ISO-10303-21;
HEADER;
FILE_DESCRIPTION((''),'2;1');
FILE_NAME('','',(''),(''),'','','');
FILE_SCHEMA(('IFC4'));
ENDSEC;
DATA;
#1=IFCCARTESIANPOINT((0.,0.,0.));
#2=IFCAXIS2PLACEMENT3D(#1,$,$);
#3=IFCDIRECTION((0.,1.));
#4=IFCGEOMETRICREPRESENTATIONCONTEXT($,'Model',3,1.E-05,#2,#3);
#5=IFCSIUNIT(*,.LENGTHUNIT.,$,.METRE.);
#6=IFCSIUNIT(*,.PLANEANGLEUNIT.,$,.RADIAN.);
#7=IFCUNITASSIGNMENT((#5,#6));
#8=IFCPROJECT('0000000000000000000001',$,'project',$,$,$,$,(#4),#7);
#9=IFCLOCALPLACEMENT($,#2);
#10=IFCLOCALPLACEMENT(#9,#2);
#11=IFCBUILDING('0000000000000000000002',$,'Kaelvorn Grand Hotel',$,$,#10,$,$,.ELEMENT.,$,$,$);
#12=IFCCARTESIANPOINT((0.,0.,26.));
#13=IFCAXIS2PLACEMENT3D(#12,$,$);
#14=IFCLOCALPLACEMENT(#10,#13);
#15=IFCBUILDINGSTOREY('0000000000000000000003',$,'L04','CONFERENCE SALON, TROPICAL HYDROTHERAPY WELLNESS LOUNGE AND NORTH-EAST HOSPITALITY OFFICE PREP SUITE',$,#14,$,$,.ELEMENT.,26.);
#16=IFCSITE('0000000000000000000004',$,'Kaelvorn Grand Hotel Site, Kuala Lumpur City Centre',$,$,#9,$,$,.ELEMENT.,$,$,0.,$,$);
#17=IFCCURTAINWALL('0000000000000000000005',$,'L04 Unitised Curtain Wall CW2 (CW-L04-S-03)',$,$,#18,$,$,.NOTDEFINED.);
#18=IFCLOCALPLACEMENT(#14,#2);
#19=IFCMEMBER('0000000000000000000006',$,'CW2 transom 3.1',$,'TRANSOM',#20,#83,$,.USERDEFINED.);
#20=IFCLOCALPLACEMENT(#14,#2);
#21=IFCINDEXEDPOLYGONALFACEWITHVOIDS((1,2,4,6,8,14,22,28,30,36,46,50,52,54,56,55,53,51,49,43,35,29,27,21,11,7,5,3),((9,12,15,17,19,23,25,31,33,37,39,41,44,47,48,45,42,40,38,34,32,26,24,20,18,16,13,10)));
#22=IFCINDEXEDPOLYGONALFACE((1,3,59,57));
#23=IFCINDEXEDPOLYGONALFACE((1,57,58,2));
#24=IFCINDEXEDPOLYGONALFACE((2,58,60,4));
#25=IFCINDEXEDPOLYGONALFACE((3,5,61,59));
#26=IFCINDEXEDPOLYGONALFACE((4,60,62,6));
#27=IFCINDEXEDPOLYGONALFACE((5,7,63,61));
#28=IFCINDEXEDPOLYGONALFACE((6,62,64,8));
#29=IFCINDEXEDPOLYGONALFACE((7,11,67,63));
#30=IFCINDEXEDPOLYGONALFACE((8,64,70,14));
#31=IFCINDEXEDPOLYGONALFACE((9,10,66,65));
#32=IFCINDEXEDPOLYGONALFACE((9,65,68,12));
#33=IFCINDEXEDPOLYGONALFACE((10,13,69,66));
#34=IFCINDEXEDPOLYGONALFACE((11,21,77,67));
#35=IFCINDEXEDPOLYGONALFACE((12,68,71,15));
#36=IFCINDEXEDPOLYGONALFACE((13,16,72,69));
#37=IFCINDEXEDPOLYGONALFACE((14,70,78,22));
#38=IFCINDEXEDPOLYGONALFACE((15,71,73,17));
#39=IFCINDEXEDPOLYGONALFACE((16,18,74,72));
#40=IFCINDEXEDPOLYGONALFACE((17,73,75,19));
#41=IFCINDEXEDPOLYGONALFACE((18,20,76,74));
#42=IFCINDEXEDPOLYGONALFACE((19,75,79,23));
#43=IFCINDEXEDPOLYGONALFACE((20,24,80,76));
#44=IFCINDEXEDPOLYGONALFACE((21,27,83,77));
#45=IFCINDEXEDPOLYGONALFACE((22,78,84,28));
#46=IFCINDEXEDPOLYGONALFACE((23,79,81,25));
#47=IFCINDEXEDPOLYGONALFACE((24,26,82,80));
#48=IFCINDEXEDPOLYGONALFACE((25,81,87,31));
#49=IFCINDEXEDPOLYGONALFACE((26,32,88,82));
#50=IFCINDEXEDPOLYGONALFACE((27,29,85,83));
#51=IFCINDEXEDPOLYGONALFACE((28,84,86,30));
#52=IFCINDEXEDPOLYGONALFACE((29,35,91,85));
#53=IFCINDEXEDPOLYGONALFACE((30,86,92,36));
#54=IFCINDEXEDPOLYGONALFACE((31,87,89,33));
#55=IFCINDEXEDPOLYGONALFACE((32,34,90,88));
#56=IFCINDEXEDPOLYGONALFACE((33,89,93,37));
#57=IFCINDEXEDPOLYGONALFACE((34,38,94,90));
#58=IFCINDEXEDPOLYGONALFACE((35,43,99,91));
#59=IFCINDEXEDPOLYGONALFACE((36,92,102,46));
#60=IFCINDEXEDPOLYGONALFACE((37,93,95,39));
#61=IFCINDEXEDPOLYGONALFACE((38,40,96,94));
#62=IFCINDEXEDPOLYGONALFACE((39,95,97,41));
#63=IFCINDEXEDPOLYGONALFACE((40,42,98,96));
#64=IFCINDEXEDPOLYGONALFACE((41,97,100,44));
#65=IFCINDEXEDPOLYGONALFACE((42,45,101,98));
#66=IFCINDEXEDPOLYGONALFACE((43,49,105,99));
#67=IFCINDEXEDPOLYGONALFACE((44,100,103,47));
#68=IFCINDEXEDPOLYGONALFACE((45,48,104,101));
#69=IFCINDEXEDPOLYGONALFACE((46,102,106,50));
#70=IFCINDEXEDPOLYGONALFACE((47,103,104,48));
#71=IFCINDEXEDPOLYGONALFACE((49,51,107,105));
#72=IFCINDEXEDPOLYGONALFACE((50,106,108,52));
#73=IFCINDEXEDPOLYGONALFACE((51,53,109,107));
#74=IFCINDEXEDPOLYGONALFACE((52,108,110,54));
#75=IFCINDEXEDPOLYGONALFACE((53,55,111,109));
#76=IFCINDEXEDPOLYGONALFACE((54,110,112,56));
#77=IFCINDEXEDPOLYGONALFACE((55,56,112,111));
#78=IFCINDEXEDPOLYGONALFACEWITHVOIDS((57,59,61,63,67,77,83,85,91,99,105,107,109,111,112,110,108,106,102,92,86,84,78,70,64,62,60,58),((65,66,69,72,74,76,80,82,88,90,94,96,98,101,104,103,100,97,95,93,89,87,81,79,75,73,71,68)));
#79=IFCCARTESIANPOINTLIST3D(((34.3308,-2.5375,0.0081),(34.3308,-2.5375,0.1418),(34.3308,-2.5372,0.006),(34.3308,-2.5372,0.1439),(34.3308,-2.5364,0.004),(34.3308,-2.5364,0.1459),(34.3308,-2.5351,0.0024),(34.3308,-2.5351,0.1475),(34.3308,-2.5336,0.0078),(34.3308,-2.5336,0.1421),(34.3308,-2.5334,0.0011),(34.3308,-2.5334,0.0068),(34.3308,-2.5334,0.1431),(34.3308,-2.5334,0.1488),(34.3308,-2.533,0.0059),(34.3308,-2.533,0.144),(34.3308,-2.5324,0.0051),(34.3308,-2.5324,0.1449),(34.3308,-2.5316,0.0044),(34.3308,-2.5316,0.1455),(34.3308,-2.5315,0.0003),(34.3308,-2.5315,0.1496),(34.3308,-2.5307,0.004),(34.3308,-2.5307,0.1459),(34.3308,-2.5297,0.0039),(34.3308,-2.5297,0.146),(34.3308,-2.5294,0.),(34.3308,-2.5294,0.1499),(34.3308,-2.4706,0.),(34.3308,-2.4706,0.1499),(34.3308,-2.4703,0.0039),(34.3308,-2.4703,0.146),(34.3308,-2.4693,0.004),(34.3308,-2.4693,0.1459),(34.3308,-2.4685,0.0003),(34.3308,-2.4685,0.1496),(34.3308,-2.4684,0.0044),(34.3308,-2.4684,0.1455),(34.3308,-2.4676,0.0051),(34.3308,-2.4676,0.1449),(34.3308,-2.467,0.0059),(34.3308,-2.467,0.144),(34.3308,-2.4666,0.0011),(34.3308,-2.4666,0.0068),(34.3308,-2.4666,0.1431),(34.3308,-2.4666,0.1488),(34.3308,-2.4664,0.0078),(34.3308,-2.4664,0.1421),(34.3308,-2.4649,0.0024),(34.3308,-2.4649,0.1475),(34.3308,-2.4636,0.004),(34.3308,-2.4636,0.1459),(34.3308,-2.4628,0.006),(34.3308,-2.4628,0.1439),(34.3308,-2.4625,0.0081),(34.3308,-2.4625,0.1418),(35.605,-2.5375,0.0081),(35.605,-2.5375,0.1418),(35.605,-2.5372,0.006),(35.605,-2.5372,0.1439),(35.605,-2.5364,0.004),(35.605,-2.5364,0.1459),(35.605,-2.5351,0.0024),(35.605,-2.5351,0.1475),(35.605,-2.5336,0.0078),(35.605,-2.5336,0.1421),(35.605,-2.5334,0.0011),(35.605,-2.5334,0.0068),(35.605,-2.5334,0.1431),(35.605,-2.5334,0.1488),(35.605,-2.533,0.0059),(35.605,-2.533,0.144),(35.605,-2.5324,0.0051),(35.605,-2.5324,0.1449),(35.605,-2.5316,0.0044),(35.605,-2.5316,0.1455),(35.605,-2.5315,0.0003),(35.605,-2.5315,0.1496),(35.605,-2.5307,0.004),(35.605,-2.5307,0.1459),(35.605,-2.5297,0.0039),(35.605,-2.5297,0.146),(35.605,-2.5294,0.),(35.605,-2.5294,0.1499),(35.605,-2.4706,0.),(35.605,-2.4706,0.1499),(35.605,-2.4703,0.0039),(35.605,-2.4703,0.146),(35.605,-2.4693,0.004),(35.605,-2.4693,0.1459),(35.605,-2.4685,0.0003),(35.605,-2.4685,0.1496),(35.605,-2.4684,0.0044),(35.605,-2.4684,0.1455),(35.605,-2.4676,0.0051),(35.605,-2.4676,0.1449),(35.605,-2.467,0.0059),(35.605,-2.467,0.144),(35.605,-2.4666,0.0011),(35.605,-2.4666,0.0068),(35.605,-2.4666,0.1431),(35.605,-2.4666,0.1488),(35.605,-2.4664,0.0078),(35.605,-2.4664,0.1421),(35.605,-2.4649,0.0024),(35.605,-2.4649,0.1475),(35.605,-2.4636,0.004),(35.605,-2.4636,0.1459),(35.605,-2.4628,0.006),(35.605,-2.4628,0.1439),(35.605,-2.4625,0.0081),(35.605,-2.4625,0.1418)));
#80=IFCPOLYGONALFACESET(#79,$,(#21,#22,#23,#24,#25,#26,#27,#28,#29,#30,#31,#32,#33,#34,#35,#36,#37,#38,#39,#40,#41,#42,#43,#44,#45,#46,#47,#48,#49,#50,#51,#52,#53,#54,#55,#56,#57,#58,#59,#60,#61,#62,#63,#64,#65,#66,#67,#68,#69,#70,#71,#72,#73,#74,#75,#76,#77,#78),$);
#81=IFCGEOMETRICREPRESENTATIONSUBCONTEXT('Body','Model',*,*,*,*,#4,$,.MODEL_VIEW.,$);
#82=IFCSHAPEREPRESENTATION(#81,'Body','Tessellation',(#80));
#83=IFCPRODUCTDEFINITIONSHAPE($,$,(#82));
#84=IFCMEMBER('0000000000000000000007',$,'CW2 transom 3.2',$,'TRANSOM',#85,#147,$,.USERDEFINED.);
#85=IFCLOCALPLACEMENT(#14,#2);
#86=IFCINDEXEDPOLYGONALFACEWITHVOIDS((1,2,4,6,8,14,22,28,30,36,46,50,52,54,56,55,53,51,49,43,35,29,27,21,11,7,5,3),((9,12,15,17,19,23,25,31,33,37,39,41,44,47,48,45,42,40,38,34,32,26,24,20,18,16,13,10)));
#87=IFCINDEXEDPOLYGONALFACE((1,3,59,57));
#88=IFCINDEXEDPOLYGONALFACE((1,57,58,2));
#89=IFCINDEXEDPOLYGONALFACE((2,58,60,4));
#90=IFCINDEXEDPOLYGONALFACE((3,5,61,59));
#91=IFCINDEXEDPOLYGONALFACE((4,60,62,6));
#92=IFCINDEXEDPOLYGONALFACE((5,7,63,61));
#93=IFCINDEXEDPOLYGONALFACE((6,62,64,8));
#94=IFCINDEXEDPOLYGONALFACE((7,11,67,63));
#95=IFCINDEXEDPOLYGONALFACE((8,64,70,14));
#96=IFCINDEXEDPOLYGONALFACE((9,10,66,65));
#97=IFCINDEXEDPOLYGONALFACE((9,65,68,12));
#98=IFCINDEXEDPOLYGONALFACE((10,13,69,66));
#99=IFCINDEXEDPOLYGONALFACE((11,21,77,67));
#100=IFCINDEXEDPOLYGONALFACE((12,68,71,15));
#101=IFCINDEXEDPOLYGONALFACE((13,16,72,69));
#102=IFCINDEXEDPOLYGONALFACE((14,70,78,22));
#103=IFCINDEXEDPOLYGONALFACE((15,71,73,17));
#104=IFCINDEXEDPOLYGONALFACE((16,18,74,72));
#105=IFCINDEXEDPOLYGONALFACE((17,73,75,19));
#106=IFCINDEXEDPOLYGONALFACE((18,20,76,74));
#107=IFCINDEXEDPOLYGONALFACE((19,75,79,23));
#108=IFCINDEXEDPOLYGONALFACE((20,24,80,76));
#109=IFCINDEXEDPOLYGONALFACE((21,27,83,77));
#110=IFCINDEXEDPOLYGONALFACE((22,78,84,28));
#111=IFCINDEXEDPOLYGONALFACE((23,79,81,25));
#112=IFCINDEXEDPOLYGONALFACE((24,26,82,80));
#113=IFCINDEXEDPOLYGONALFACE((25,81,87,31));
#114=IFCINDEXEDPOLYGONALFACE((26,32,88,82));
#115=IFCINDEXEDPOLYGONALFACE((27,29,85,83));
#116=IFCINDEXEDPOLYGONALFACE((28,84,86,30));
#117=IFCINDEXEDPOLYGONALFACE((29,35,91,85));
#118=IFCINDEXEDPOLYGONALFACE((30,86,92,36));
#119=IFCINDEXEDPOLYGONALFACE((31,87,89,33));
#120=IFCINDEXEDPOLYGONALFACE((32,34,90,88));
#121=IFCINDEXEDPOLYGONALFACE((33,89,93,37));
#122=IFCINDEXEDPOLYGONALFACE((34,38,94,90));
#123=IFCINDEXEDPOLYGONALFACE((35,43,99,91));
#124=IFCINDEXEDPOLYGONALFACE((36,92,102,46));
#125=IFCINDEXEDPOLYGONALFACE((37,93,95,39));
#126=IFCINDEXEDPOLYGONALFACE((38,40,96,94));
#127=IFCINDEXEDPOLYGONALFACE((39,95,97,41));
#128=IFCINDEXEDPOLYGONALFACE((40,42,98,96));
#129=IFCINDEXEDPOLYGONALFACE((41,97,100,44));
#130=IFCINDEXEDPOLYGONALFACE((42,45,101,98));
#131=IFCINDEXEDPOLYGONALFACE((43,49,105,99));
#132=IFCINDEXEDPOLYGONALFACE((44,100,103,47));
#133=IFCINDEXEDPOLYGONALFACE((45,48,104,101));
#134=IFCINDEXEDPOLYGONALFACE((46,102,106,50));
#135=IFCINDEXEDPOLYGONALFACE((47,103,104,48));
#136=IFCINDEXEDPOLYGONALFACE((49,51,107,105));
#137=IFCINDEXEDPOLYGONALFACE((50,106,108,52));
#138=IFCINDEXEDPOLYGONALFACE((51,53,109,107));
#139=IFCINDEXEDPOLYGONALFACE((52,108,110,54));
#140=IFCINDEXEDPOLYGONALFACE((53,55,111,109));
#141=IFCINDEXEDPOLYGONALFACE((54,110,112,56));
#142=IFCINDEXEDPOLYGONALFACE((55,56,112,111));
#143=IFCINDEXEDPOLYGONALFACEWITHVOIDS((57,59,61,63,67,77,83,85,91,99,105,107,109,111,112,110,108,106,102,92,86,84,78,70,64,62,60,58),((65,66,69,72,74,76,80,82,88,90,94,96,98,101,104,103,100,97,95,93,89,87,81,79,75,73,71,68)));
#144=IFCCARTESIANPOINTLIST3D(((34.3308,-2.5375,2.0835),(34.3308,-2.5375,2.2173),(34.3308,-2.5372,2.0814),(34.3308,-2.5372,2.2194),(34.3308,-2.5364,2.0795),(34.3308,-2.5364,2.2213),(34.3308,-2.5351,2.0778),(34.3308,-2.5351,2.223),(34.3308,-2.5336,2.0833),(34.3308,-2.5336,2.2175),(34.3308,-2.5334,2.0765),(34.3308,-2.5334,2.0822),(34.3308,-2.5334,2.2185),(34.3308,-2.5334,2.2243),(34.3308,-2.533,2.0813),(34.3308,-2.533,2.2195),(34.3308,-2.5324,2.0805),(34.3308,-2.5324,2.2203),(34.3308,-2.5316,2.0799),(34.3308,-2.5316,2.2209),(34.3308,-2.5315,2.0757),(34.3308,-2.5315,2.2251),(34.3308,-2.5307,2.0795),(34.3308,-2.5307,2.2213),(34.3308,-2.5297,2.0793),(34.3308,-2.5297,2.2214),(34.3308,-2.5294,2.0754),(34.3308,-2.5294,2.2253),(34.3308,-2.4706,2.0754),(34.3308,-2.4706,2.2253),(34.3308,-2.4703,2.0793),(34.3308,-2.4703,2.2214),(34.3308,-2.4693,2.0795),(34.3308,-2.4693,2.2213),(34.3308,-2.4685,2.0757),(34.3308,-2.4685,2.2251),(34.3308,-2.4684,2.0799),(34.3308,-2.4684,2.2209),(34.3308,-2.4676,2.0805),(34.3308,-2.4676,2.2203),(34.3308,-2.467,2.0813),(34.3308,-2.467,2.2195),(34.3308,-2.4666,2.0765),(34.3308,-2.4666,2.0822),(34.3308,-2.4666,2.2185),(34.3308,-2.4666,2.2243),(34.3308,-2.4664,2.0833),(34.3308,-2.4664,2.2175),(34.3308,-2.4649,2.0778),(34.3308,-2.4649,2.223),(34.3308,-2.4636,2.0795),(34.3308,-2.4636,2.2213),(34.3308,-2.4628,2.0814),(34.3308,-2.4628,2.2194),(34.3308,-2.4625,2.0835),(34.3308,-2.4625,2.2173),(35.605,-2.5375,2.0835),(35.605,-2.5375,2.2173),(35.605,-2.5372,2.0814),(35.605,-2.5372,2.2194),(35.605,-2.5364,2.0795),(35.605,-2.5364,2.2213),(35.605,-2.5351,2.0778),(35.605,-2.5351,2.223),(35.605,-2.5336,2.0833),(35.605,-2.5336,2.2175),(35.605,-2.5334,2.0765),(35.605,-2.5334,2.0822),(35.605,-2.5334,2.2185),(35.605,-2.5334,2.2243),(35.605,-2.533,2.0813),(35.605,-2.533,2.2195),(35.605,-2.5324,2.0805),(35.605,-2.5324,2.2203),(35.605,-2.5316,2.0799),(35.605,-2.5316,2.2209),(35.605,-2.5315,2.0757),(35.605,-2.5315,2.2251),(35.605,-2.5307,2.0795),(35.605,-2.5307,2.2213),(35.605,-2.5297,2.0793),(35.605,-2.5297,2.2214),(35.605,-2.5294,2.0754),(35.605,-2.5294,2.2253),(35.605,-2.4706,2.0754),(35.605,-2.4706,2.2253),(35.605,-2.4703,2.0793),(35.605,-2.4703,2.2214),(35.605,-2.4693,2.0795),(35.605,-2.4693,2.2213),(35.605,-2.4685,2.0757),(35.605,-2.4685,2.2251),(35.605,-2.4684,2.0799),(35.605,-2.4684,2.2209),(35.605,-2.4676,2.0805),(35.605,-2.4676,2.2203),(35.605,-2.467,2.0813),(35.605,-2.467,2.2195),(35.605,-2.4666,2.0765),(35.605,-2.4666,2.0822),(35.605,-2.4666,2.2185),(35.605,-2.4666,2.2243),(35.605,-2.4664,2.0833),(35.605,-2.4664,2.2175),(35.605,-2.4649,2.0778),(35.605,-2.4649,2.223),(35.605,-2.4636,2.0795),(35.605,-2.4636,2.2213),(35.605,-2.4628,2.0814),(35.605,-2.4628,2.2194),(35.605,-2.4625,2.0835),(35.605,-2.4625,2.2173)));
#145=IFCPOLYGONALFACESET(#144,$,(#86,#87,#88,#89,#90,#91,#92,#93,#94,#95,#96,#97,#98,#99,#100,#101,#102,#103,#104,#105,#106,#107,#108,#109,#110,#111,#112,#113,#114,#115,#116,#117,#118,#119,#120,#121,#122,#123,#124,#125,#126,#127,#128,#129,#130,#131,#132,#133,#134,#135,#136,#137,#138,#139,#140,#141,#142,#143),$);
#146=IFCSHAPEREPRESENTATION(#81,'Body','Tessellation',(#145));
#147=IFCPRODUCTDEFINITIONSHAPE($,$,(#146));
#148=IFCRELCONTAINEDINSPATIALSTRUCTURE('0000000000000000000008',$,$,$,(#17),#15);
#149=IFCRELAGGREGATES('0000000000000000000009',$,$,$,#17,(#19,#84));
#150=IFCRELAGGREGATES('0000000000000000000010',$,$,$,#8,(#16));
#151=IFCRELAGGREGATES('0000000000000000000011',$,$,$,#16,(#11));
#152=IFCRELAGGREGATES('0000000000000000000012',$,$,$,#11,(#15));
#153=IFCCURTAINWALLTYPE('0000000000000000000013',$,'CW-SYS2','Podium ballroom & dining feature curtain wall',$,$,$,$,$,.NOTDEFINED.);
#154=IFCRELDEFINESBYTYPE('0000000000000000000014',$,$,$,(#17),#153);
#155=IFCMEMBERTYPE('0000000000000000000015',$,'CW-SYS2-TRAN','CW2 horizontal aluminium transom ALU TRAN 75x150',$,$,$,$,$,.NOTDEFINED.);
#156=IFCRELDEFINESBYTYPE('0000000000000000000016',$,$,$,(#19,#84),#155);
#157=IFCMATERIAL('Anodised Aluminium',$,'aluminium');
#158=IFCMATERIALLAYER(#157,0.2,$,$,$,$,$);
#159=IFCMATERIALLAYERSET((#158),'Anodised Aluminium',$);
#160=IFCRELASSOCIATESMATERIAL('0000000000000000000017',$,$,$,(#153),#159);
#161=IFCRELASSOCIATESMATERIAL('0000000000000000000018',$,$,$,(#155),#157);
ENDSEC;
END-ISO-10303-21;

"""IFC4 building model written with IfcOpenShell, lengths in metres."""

from ifc_helpers import new_model, si_unit, direction, frame, origin, origin_2d, place, context, subcontext, project, spatial, hollow_rectangle, extrude, material, layer, layer_set, material_profile, profile_set, type_object, element, aggregate, save


model = new_model("IFC4")

# Units and contexts
model_context = context("Model", 3, precision=1e-05, world=origin(), true_north=direction((0.0, 1.0)))
body_context = subcontext(model_context, "Body", "Model", "MODEL_VIEW")
ifc_project = project(units=[si_unit("LENGTHUNIT", "METRE"), si_unit("PLANEANGLEUNIT", "RADIAN")], contexts=[model_context])

# Site, building, storey
site_placement = place(None, origin())
site = spatial("IfcSite", under=ifc_project, at=site_placement, Name="Kaelvorn Grand Hotel Site, Kuala Lumpur City Centre", CompositionType="ELEMENT", RefElevation=0.0)
building_placement = place(site_placement, origin())
building = spatial("IfcBuilding", under=site, at=building_placement, Name="Kaelvorn Grand Hotel", CompositionType="ELEMENT")
storey_placement = place(building_placement, frame((0.0, 0.0, 26.0)))
storey = spatial("IfcBuildingStorey", under=building, at=storey_placement, Name="L04", Description="CONFERENCE SALON, TROPICAL HYDROTHERAPY WELLNESS LOUNGE AND NORTH-EAST HOSPITALITY OFFICE PREP SUITE", CompositionType="ELEMENT", Elevation=26.0)

# Curtain wall
ifc_material_1 = material(Name="Anodised Aluminium", Category="aluminium")
ifc_layer_1 = layer(ifc_material_1, 0.2)
ifc_layer_set_1 = layer_set([ifc_layer_1], Name="Anodised Aluminium")
curtain_wall_type = type_object("IfcCurtainWallType", Name="CW-SYS2", Description="Podium ballroom & dining feature curtain wall", PredefinedType="NOTDEFINED", material=ifc_layer_set_1)
curtain_wall_1_placement = place(storey_placement, origin())
curtain_wall_1 = element("IfcCurtainWall", 1, at=curtain_wall_1_placement, inside=storey, type_object=curtain_wall_type, Name="L04 Unitised Curtain Wall CW2 (CW-L04-S-03)", PredefinedType="NOTDEFINED")

# Members
ifc_material_profile_1 = material_profile(ifc_material_1, hollow_rectangle(XDim=0.075, YDim=0.1499, WallThickness=0.0039, InnerFilletRadius=0.0039, OuterFilletRadius=0.0081, at=origin_2d()), Name="ALU TRAN 75x150")
ifc_profile_set_1 = profile_set([ifc_material_profile_1], Name="Anodised Aluminium")
member_type_1 = type_object("IfcMemberType", Name="CW-SYS2-TRAN", Description="CW2 horizontal aluminium transom ALU TRAN 75x150", PredefinedType="NOTDEFINED", material=ifc_profile_set_1)
member_1_placement = place(storey_placement, frame((34.3308, -2.5, 0.075), z_axis=(1.0, 0.0, 0.0), x_axis=(0.0, 1.0, 0.0)))
member_1 = element("IfcMember", 2, at=member_1_placement, type_object=member_type_1, Name="CW2 transom 3.1", ObjectType="TRANSOM", PredefinedType="USERDEFINED", context=body_context, shape_type="SweptSolid", body=[
    extrude(hollow_rectangle(XDim=0.075, YDim=0.1499, WallThickness=0.0039, InnerFilletRadius=0.0039, OuterFilletRadius=0.0081, at=origin_2d()), origin(), (0.0, 0.0, 1.0), 1.2742),
])
member_2_placement = place(storey_placement, frame((34.3308, -2.5, 2.1504), z_axis=(1.0, 0.0, 0.0), x_axis=(0.0, 1.0, 0.0)))
member_2 = element("IfcMember", 3, at=member_2_placement, type_object=member_type_1, Name="CW2 transom 3.2", ObjectType="TRANSOM", PredefinedType="USERDEFINED", context=body_context, shape_type="SweptSolid", body=[
    extrude(hollow_rectangle(XDim=0.075, YDim=0.1499, WallThickness=0.0039, InnerFilletRadius=0.0039, OuterFilletRadius=0.0081, at=origin_2d()), origin(), (0.0, 0.0, 1.0), 1.2742),
])

aggregate(curtain_wall_1, [member_1, member_2])

save(model, "model.ifc")
